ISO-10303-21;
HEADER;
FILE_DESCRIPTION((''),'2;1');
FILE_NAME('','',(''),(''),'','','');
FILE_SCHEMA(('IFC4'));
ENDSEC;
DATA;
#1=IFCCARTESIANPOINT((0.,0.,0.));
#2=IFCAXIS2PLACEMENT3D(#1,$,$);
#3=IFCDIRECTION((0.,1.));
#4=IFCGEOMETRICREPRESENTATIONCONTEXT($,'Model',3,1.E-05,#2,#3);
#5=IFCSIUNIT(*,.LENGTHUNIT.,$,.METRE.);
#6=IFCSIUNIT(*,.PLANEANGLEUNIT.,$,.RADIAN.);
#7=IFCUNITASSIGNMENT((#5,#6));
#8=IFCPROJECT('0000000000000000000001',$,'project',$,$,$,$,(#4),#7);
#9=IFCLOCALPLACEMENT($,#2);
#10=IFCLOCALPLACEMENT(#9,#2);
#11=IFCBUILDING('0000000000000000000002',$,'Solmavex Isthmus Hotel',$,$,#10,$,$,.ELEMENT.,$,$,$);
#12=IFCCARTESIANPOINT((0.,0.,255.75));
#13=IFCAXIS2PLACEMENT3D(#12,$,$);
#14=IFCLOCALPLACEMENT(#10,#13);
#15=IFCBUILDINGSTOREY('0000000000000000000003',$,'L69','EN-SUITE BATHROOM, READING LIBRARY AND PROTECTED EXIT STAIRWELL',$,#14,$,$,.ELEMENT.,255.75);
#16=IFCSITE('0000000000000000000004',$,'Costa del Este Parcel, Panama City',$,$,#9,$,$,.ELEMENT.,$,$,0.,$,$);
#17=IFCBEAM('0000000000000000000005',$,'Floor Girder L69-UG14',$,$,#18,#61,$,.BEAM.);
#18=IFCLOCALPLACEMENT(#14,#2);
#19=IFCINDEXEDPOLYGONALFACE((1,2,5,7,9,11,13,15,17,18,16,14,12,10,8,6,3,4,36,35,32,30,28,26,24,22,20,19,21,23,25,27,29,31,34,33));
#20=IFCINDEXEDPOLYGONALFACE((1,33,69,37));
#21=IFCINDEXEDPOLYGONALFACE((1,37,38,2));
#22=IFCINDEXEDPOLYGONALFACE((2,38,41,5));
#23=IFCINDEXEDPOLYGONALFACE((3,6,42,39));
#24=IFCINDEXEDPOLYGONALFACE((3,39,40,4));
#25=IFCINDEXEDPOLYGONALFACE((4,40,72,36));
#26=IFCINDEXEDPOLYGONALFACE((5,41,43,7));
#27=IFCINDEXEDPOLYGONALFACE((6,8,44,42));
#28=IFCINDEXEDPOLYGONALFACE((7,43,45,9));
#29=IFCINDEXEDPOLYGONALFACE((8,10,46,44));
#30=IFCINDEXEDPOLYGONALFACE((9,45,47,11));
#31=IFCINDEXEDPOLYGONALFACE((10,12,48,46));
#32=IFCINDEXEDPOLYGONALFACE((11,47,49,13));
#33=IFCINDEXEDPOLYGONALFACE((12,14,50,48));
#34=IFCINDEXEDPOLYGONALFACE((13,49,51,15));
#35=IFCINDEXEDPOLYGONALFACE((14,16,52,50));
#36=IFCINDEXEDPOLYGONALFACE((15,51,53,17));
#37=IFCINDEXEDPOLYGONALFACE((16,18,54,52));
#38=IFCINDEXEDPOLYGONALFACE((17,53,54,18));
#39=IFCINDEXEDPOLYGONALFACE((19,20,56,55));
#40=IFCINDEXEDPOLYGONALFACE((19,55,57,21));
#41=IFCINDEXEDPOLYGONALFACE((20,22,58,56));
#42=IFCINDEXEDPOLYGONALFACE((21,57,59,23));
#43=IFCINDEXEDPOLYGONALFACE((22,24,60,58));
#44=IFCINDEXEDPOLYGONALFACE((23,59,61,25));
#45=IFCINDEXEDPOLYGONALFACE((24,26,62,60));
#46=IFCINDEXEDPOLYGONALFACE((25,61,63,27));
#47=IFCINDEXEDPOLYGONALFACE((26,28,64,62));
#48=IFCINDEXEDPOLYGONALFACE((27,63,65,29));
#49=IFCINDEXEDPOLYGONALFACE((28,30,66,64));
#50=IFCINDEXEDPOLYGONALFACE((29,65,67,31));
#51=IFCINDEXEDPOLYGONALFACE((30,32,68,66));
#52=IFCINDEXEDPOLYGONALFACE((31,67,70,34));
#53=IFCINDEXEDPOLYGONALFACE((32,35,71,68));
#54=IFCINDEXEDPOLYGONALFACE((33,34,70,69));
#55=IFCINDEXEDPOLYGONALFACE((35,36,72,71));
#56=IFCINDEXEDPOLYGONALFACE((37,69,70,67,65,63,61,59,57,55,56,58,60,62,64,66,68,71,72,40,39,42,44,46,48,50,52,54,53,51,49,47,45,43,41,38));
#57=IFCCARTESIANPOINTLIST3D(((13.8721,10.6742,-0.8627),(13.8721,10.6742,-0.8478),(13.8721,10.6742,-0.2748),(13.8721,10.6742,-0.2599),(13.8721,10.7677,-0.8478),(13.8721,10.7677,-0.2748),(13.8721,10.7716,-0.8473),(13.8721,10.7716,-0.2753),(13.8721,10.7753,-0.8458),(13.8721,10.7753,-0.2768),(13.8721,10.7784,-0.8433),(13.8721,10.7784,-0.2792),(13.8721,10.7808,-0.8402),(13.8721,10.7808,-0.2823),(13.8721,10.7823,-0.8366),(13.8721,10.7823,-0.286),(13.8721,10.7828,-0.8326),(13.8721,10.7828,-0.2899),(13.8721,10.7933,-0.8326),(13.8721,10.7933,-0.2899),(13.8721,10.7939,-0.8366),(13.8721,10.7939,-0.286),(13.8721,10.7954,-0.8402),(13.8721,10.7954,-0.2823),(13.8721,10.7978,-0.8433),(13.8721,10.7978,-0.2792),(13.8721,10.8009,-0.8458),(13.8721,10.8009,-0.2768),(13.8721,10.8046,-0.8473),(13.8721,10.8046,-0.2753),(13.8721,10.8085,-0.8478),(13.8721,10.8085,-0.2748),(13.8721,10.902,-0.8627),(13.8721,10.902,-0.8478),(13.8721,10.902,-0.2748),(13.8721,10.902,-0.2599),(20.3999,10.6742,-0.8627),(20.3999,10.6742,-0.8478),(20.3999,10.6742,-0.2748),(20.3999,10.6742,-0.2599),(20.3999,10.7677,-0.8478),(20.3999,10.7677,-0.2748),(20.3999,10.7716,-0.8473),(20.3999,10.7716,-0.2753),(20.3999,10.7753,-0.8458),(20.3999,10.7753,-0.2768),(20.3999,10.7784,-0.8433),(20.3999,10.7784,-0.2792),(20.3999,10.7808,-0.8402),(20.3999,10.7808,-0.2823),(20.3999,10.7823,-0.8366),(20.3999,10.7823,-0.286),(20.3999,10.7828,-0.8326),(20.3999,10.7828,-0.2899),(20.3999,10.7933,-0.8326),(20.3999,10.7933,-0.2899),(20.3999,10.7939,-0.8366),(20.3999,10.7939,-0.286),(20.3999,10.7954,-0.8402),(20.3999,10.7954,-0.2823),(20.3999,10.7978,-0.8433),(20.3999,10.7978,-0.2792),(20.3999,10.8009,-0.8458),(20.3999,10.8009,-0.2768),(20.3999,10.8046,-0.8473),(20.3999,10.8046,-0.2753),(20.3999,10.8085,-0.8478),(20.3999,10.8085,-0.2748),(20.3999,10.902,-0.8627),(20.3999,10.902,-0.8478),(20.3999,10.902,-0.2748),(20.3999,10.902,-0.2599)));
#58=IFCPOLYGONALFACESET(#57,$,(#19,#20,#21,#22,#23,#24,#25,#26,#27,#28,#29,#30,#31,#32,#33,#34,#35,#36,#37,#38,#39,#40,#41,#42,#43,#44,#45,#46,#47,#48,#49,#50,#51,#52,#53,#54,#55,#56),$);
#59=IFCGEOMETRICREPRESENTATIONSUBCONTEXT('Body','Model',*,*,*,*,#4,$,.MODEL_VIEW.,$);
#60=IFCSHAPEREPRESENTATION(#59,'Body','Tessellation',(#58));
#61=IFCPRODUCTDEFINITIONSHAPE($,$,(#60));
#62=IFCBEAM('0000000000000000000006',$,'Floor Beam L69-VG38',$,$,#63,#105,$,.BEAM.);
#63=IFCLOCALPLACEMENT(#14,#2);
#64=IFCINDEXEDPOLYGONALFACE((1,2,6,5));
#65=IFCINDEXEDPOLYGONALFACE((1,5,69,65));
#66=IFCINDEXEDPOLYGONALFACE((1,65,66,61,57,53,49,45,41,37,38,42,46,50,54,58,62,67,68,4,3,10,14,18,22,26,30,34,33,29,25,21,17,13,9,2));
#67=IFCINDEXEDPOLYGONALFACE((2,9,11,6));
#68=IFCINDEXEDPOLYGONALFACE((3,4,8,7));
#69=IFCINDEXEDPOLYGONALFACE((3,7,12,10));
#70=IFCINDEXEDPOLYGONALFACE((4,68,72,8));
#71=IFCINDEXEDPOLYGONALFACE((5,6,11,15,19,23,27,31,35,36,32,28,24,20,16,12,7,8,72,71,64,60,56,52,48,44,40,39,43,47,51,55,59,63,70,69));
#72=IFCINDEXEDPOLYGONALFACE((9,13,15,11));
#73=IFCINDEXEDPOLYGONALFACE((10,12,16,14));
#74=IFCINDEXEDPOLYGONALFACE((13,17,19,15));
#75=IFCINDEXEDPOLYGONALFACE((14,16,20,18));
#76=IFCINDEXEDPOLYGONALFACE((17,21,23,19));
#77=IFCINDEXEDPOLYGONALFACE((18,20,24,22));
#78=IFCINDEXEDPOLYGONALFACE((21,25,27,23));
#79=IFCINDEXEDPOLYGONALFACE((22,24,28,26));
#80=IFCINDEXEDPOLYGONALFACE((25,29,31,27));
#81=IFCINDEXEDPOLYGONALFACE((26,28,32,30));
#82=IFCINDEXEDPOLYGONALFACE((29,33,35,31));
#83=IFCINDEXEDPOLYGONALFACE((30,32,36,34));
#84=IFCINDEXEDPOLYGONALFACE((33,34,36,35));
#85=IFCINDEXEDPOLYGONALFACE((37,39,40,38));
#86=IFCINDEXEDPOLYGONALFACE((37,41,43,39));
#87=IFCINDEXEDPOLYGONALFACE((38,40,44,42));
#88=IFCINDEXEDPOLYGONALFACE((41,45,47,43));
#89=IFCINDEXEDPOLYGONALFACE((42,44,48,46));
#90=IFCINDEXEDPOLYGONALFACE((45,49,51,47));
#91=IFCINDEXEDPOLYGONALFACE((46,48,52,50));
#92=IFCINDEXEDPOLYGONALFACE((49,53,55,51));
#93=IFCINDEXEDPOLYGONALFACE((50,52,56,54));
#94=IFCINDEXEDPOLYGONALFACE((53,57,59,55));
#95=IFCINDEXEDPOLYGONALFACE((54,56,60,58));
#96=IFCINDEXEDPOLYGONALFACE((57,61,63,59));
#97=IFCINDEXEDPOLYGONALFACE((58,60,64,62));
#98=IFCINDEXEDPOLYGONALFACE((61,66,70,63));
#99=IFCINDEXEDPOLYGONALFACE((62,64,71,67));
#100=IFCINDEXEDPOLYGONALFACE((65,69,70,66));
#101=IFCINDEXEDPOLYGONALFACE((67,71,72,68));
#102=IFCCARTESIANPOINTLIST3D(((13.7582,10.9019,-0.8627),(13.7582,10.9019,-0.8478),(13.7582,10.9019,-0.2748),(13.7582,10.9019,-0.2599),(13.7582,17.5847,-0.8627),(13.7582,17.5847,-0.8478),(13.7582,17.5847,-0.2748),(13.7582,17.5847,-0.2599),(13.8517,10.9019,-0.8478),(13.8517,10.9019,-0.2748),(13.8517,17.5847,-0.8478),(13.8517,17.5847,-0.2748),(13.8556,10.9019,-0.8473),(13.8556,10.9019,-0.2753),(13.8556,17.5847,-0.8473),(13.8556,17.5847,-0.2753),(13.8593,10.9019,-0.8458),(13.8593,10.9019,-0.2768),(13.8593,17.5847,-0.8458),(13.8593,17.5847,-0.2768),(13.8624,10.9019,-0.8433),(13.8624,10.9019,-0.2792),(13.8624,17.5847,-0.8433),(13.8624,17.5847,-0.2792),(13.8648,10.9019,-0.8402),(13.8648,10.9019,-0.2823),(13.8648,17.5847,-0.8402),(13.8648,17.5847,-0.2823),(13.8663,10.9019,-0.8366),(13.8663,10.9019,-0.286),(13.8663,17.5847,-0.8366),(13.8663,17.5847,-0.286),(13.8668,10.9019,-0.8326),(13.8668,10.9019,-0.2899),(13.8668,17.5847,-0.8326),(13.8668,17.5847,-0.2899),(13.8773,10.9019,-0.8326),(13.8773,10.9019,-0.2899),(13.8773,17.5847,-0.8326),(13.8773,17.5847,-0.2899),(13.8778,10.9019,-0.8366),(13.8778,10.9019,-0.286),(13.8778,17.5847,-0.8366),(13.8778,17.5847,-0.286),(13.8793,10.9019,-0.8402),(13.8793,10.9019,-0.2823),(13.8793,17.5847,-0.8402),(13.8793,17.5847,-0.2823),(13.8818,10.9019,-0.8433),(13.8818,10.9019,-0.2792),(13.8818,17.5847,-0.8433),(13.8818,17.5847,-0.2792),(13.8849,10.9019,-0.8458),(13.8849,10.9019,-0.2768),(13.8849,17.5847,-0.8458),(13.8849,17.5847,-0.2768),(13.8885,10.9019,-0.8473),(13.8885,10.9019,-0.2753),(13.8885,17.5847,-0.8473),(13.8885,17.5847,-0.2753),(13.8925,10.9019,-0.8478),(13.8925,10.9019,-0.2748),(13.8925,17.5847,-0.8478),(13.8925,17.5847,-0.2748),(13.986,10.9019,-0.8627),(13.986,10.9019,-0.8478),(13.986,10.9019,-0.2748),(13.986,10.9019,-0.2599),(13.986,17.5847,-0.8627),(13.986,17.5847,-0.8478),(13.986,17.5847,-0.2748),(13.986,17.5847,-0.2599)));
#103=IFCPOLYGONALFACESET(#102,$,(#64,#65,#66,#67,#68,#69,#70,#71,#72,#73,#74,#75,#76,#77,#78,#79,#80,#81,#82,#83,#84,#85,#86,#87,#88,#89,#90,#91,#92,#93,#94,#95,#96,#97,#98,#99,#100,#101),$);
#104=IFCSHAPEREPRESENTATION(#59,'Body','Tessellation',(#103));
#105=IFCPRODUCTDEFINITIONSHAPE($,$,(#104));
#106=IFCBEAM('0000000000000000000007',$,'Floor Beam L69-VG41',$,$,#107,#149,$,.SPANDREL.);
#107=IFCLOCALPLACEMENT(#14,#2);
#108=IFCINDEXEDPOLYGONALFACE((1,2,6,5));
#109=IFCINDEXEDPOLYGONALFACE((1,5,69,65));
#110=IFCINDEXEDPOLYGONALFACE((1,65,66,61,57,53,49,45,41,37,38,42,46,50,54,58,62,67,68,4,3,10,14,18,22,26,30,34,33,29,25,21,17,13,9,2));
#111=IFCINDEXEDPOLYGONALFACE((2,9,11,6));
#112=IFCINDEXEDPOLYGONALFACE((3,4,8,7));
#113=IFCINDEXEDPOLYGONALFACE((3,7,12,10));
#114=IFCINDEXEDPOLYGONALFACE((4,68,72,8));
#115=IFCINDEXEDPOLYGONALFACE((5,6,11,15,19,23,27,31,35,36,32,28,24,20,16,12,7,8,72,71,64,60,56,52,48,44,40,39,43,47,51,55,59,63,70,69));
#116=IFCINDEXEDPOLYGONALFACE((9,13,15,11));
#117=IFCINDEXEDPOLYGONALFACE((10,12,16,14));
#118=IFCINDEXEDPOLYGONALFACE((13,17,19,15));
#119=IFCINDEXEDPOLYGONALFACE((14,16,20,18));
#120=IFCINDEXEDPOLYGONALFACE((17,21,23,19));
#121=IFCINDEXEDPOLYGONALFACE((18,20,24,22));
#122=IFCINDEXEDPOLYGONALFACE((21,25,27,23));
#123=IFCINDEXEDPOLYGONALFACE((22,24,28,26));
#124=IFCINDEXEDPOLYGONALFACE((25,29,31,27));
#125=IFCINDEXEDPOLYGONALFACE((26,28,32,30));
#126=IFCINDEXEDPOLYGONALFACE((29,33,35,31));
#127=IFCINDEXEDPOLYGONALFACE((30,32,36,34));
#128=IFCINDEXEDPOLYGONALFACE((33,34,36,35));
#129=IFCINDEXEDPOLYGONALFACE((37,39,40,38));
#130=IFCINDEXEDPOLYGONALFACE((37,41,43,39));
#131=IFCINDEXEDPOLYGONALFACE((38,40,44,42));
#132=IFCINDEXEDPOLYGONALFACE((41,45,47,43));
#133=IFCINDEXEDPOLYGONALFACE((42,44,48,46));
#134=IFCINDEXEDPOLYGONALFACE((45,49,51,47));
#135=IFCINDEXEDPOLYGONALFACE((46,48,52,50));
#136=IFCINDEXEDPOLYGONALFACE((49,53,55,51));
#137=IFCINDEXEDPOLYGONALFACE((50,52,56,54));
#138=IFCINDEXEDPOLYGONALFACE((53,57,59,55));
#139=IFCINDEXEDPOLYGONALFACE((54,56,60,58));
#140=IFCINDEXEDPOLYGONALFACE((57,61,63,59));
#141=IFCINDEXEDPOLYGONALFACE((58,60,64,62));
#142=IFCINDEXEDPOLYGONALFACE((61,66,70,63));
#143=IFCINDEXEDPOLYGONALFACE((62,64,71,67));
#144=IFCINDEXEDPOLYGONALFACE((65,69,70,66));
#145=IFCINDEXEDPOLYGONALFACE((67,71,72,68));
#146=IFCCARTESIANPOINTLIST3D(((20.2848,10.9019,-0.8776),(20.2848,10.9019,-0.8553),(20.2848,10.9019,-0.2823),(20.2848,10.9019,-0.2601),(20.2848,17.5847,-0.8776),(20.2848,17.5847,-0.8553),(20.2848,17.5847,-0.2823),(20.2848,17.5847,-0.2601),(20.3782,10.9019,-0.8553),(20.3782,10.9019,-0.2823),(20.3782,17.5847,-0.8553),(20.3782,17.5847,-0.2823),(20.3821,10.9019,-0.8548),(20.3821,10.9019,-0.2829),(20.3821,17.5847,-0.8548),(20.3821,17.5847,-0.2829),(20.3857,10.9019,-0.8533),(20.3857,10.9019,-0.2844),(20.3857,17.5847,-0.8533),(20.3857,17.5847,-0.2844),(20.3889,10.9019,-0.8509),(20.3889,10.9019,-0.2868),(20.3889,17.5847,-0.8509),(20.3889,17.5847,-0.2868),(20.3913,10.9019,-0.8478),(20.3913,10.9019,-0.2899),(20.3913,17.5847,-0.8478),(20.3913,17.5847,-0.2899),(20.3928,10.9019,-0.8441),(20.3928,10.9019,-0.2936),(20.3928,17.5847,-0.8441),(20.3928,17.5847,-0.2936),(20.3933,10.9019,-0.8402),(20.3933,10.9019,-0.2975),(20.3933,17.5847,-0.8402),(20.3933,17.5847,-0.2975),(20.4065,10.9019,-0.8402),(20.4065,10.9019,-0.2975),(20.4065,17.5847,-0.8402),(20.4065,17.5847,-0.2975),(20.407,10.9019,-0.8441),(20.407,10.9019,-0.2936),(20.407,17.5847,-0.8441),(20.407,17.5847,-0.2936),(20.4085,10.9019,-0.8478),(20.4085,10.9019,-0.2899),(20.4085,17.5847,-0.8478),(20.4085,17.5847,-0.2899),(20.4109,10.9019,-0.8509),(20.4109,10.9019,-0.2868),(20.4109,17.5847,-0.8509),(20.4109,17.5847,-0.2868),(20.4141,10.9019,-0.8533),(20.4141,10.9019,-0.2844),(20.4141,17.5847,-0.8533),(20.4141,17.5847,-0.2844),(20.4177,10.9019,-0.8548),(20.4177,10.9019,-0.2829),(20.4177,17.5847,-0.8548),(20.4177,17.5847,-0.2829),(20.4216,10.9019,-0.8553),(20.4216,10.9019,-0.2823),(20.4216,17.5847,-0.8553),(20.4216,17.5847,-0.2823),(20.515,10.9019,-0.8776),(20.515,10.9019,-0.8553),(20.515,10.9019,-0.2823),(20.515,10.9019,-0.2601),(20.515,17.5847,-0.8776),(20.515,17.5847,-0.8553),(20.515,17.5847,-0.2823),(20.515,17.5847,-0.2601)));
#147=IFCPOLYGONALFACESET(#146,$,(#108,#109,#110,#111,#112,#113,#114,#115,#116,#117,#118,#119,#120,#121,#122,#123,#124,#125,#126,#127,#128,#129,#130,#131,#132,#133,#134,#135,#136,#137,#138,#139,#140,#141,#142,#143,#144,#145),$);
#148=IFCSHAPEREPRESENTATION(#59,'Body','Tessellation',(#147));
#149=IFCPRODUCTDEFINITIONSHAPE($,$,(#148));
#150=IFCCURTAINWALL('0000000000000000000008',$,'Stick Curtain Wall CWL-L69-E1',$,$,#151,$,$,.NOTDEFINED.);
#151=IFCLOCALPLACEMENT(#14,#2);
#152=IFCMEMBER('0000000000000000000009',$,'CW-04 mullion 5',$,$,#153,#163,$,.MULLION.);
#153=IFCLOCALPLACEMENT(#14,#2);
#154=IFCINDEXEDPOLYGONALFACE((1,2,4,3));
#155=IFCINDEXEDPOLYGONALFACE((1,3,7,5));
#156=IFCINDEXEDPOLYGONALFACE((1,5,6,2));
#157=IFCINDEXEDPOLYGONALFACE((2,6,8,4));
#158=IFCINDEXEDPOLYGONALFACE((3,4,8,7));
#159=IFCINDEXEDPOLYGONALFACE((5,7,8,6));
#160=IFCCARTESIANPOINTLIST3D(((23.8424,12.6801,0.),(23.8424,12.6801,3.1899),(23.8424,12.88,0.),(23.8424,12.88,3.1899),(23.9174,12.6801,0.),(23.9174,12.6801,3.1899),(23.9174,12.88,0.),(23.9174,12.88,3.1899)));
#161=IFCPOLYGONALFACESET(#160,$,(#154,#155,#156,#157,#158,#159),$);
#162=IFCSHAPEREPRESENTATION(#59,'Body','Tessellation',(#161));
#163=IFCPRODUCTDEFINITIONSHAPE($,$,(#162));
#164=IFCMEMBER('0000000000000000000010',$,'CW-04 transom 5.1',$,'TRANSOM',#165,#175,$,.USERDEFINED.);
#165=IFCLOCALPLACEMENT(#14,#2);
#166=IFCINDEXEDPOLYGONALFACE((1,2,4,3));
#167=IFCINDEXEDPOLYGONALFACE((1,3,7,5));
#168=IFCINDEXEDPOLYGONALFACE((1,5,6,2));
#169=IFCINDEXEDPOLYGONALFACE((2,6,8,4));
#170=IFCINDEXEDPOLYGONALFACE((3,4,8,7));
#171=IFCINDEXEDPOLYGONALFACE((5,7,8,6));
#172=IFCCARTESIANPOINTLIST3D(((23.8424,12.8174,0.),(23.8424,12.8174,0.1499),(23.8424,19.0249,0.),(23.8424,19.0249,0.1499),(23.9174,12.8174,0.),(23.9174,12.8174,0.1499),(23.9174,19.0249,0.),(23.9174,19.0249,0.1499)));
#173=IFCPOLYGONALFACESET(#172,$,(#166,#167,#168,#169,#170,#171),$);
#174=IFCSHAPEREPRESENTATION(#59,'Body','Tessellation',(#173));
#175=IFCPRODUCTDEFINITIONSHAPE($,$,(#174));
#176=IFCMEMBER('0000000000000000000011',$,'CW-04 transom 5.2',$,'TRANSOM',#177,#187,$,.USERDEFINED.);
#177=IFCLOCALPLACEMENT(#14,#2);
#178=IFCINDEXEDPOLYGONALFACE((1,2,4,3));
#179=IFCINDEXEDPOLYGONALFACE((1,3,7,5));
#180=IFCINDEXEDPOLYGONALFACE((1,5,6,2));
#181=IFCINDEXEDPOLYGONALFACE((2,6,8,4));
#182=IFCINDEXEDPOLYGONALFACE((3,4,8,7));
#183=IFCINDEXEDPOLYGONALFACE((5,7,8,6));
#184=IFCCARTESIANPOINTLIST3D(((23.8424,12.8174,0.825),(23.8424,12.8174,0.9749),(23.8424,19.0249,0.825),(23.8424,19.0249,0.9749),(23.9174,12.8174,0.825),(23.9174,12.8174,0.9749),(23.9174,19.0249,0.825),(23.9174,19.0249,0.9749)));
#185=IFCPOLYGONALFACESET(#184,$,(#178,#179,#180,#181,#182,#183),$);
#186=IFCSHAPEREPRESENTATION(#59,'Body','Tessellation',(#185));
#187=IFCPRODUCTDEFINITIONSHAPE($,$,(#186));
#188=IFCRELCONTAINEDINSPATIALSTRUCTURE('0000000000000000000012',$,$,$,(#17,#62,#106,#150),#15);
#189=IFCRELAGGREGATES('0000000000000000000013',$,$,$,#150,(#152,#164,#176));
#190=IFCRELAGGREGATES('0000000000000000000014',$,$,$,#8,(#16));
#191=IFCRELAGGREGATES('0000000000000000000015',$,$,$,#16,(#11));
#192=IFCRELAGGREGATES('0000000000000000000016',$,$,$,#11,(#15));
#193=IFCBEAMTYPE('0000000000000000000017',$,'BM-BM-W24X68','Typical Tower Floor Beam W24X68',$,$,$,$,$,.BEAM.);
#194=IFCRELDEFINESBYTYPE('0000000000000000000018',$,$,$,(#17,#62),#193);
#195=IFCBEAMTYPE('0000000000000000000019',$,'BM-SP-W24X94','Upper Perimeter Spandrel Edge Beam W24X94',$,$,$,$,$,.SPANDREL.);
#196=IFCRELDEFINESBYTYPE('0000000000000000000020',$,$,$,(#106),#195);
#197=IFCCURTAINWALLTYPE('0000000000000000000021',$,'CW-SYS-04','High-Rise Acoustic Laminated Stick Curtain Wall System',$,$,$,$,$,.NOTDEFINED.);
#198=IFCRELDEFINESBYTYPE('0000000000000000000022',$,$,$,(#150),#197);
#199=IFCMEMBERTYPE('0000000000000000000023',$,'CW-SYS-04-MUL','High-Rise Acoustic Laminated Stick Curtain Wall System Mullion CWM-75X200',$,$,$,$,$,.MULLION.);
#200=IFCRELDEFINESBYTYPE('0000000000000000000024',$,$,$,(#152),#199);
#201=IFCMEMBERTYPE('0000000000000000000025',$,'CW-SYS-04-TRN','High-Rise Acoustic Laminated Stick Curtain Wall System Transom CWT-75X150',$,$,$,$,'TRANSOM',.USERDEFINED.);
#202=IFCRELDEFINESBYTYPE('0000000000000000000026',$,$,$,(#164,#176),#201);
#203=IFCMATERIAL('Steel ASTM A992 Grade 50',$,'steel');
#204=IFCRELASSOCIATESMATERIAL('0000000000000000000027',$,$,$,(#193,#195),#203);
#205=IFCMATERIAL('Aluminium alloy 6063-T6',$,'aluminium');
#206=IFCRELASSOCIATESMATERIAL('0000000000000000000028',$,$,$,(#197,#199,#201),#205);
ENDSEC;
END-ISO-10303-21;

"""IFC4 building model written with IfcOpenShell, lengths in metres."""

from ifc_helpers import new_model, si_unit, direction, frame, origin, origin_2d, place, context, subcontext, project, spatial, rectangle, i_section, extrude, material, material_profile, profile_set, type_object, element, aggregate, save


model = new_model("IFC4")

# Units and contexts
model_context = context("Model", 3, precision=1e-05, world=origin(), true_north=direction((0.0, 1.0)))
body_context = subcontext(model_context, "Body", "Model", "MODEL_VIEW")
ifc_project = project(units=[si_unit("LENGTHUNIT", "METRE"), si_unit("PLANEANGLEUNIT", "RADIAN")], contexts=[model_context])

# Site, building, storey
site_placement = place(None, origin())
site = spatial("IfcSite", under=ifc_project, at=site_placement, Name="Costa del Este Parcel, Panama City", CompositionType="ELEMENT", RefElevation=0.0)
building_placement = place(site_placement, origin())
building = spatial("IfcBuilding", under=site, at=building_placement, Name="Solmavex Isthmus Hotel", CompositionType="ELEMENT")
storey_placement = place(building_placement, frame((0.0, 0.0, 255.75)))
storey = spatial("IfcBuildingStorey", under=building, at=storey_placement, Name="L69", Description="EN-SUITE BATHROOM, READING LIBRARY AND PROTECTED EXIT STAIRWELL", CompositionType="ELEMENT", Elevation=255.75)

# Beams
ifc_material_1 = material(Name="Steel ASTM A992 Grade 50", Category="steel")
ifc_material_profile_1 = material_profile(ifc_material_1, i_section(OverallWidth=0.2278, OverallDepth=0.6028, WebThickness=0.0105, FlangeThickness=0.0149, FilletRadius=0.0151, at=origin_2d()), Name="W24X68")
ifc_profile_set_1 = profile_set([ifc_material_profile_1], Name="Steel ASTM A992 Grade 50")
beam_type_1 = type_object("IfcBeamType", Name="BM-BM-W24X68", Description="Typical Tower Floor Beam W24X68", PredefinedType="BEAM", material=ifc_profile_set_1)
beam_1_placement = place(storey_placement, frame((13.8721, 10.7881, -0.5613), z_axis=(1.0, 0.0, 0.0), x_axis=(0.0, 1.0, 0.0)))
element("IfcBeam", 1, at=beam_1_placement, inside=storey, type_object=beam_type_1, Name="Floor Girder L69-UG14", PredefinedType="BEAM", context=body_context, shape_type="SweptSolid", body=[
    extrude(i_section(OverallWidth=0.2278, OverallDepth=0.6028, WebThickness=0.0105, FlangeThickness=0.0149, FilletRadius=0.0151, at=origin_2d()), origin(), (0.0, 0.0, 1.0), 6.5278),
])
beam_2_placement = place(storey_placement, frame((13.8721, 10.9019, -0.5613), z_axis=(0.0, 1.0, 0.0), x_axis=(-1.0, 0.0, 0.0)))
element("IfcBeam", 2, at=beam_2_placement, inside=storey, type_object=beam_type_1, Name="Floor Beam L69-VG38", PredefinedType="BEAM", context=body_context, shape_type="SweptSolid", body=[
    extrude(i_section(OverallWidth=0.2278, OverallDepth=0.6028, WebThickness=0.0105, FlangeThickness=0.0149, FilletRadius=0.0151, at=origin_2d()), origin(), (0.0, 0.0, 1.0), 6.6829),
])
ifc_material_profile_2 = material_profile(ifc_material_1, i_section(OverallWidth=0.2302, OverallDepth=0.6174, WebThickness=0.0132, FlangeThickness=0.0222, FilletRadius=0.0151, at=origin_2d()), Name="W24X94")
ifc_profile_set_2 = profile_set([ifc_material_profile_2], Name="Steel ASTM A992 Grade 50")
beam_type_2 = type_object("IfcBeamType", Name="BM-SP-W24X94", Description="Upper Perimeter Spandrel Edge Beam W24X94", PredefinedType="SPANDREL", material=ifc_profile_set_2)
beam_3_placement = place(storey_placement, frame((20.3999, 10.9019, -0.5688), z_axis=(0.0, 1.0, 0.0), x_axis=(-1.0, 0.0, 0.0)))
element("IfcBeam", 3, at=beam_3_placement, inside=storey, type_object=beam_type_2, Name="Floor Beam L69-VG41", PredefinedType="SPANDREL", context=body_context, shape_type="SweptSolid", body=[
    extrude(i_section(OverallWidth=0.2302, OverallDepth=0.6174, WebThickness=0.0132, FlangeThickness=0.0222, FilletRadius=0.0151, at=origin_2d()), origin(), (0.0, 0.0, 1.0), 6.6829),
])

# Curtain wall, members
ifc_material_2 = material(Name="Aluminium alloy 6063-T6", Category="aluminium")
curtain_wall_type = type_object("IfcCurtainWallType", Name="CW-SYS-04", Description="High-Rise Acoustic Laminated Stick Curtain Wall System", PredefinedType="NOTDEFINED", material=ifc_material_2)
curtain_wall_placement = place(storey_placement, origin())
curtain_wall = element("IfcCurtainWall", 4, at=curtain_wall_placement, inside=storey, type_object=curtain_wall_type, Name="Stick Curtain Wall CWL-L69-E1", PredefinedType="NOTDEFINED")
ifc_material_profile_3 = material_profile(ifc_material_2, rectangle(XDim=0.075, YDim=0.2, at=origin_2d()), Name="CWM-75X200")
ifc_profile_set_3 = profile_set([ifc_material_profile_3], Name="Aluminium alloy 6063-T6")
member_type_1 = type_object("IfcMemberType", Name="CW-SYS-04-MUL", Description="High-Rise Acoustic Laminated Stick Curtain Wall System Mullion CWM-75X200", PredefinedType="MULLION", material=ifc_profile_set_3)
member_1_placement = place(storey_placement, frame((23.8799, 12.78, 0.0), z_axis=(0.0, 0.0, 1.0), x_axis=(-1.0, 0.0, 0.0)))
member_1 = element("IfcMember", 5, at=member_1_placement, type_object=member_type_1, Name="CW-04 mullion 5", PredefinedType="MULLION", context=body_context, shape_type="SweptSolid", body=[
    extrude(rectangle(XDim=0.075, YDim=0.2, at=origin_2d()), origin(), (0.0, 0.0, 1.0), 3.1899),
])
ifc_material_profile_4 = material_profile(ifc_material_2, rectangle(XDim=0.075, YDim=0.1499, at=origin_2d()), Name="CWT-75X150")
ifc_profile_set_4 = profile_set([ifc_material_profile_4], Name="Aluminium alloy 6063-T6")
member_type_2 = type_object("IfcMemberType", Name="CW-SYS-04-TRN", Description="High-Rise Acoustic Laminated Stick Curtain Wall System Transom CWT-75X150", ElementType="TRANSOM", PredefinedType="USERDEFINED", material=ifc_profile_set_4)
member_2_placement = place(storey_placement, frame((23.8799, 12.8174, 0.075), z_axis=(0.0, 1.0, 0.0), x_axis=(-1.0, 0.0, 0.0)))
member_2 = element("IfcMember", 6, at=member_2_placement, type_object=member_type_2, Name="CW-04 transom 5.1", ObjectType="TRANSOM", PredefinedType="USERDEFINED", context=body_context, shape_type="SweptSolid", body=[
    extrude(rectangle(XDim=0.075, YDim=0.1499, at=origin_2d()), origin(), (0.0, 0.0, 1.0), 6.2075),
])
member_3_placement = place(storey_placement, frame((23.8799, 12.8174, 0.8999), z_axis=(0.0, 1.0, 0.0), x_axis=(-1.0, 0.0, 0.0)))
member_3 = element("IfcMember", 7, at=member_3_placement, type_object=member_type_2, Name="CW-04 transom 5.2", ObjectType="TRANSOM", PredefinedType="USERDEFINED", context=body_context, shape_type="SweptSolid", body=[
    extrude(rectangle(XDim=0.075, YDim=0.1499, at=origin_2d()), origin(), (0.0, 0.0, 1.0), 6.2075),
])
aggregate(curtain_wall, [member_1, member_2, member_3])

save(model, "model.ifc")
